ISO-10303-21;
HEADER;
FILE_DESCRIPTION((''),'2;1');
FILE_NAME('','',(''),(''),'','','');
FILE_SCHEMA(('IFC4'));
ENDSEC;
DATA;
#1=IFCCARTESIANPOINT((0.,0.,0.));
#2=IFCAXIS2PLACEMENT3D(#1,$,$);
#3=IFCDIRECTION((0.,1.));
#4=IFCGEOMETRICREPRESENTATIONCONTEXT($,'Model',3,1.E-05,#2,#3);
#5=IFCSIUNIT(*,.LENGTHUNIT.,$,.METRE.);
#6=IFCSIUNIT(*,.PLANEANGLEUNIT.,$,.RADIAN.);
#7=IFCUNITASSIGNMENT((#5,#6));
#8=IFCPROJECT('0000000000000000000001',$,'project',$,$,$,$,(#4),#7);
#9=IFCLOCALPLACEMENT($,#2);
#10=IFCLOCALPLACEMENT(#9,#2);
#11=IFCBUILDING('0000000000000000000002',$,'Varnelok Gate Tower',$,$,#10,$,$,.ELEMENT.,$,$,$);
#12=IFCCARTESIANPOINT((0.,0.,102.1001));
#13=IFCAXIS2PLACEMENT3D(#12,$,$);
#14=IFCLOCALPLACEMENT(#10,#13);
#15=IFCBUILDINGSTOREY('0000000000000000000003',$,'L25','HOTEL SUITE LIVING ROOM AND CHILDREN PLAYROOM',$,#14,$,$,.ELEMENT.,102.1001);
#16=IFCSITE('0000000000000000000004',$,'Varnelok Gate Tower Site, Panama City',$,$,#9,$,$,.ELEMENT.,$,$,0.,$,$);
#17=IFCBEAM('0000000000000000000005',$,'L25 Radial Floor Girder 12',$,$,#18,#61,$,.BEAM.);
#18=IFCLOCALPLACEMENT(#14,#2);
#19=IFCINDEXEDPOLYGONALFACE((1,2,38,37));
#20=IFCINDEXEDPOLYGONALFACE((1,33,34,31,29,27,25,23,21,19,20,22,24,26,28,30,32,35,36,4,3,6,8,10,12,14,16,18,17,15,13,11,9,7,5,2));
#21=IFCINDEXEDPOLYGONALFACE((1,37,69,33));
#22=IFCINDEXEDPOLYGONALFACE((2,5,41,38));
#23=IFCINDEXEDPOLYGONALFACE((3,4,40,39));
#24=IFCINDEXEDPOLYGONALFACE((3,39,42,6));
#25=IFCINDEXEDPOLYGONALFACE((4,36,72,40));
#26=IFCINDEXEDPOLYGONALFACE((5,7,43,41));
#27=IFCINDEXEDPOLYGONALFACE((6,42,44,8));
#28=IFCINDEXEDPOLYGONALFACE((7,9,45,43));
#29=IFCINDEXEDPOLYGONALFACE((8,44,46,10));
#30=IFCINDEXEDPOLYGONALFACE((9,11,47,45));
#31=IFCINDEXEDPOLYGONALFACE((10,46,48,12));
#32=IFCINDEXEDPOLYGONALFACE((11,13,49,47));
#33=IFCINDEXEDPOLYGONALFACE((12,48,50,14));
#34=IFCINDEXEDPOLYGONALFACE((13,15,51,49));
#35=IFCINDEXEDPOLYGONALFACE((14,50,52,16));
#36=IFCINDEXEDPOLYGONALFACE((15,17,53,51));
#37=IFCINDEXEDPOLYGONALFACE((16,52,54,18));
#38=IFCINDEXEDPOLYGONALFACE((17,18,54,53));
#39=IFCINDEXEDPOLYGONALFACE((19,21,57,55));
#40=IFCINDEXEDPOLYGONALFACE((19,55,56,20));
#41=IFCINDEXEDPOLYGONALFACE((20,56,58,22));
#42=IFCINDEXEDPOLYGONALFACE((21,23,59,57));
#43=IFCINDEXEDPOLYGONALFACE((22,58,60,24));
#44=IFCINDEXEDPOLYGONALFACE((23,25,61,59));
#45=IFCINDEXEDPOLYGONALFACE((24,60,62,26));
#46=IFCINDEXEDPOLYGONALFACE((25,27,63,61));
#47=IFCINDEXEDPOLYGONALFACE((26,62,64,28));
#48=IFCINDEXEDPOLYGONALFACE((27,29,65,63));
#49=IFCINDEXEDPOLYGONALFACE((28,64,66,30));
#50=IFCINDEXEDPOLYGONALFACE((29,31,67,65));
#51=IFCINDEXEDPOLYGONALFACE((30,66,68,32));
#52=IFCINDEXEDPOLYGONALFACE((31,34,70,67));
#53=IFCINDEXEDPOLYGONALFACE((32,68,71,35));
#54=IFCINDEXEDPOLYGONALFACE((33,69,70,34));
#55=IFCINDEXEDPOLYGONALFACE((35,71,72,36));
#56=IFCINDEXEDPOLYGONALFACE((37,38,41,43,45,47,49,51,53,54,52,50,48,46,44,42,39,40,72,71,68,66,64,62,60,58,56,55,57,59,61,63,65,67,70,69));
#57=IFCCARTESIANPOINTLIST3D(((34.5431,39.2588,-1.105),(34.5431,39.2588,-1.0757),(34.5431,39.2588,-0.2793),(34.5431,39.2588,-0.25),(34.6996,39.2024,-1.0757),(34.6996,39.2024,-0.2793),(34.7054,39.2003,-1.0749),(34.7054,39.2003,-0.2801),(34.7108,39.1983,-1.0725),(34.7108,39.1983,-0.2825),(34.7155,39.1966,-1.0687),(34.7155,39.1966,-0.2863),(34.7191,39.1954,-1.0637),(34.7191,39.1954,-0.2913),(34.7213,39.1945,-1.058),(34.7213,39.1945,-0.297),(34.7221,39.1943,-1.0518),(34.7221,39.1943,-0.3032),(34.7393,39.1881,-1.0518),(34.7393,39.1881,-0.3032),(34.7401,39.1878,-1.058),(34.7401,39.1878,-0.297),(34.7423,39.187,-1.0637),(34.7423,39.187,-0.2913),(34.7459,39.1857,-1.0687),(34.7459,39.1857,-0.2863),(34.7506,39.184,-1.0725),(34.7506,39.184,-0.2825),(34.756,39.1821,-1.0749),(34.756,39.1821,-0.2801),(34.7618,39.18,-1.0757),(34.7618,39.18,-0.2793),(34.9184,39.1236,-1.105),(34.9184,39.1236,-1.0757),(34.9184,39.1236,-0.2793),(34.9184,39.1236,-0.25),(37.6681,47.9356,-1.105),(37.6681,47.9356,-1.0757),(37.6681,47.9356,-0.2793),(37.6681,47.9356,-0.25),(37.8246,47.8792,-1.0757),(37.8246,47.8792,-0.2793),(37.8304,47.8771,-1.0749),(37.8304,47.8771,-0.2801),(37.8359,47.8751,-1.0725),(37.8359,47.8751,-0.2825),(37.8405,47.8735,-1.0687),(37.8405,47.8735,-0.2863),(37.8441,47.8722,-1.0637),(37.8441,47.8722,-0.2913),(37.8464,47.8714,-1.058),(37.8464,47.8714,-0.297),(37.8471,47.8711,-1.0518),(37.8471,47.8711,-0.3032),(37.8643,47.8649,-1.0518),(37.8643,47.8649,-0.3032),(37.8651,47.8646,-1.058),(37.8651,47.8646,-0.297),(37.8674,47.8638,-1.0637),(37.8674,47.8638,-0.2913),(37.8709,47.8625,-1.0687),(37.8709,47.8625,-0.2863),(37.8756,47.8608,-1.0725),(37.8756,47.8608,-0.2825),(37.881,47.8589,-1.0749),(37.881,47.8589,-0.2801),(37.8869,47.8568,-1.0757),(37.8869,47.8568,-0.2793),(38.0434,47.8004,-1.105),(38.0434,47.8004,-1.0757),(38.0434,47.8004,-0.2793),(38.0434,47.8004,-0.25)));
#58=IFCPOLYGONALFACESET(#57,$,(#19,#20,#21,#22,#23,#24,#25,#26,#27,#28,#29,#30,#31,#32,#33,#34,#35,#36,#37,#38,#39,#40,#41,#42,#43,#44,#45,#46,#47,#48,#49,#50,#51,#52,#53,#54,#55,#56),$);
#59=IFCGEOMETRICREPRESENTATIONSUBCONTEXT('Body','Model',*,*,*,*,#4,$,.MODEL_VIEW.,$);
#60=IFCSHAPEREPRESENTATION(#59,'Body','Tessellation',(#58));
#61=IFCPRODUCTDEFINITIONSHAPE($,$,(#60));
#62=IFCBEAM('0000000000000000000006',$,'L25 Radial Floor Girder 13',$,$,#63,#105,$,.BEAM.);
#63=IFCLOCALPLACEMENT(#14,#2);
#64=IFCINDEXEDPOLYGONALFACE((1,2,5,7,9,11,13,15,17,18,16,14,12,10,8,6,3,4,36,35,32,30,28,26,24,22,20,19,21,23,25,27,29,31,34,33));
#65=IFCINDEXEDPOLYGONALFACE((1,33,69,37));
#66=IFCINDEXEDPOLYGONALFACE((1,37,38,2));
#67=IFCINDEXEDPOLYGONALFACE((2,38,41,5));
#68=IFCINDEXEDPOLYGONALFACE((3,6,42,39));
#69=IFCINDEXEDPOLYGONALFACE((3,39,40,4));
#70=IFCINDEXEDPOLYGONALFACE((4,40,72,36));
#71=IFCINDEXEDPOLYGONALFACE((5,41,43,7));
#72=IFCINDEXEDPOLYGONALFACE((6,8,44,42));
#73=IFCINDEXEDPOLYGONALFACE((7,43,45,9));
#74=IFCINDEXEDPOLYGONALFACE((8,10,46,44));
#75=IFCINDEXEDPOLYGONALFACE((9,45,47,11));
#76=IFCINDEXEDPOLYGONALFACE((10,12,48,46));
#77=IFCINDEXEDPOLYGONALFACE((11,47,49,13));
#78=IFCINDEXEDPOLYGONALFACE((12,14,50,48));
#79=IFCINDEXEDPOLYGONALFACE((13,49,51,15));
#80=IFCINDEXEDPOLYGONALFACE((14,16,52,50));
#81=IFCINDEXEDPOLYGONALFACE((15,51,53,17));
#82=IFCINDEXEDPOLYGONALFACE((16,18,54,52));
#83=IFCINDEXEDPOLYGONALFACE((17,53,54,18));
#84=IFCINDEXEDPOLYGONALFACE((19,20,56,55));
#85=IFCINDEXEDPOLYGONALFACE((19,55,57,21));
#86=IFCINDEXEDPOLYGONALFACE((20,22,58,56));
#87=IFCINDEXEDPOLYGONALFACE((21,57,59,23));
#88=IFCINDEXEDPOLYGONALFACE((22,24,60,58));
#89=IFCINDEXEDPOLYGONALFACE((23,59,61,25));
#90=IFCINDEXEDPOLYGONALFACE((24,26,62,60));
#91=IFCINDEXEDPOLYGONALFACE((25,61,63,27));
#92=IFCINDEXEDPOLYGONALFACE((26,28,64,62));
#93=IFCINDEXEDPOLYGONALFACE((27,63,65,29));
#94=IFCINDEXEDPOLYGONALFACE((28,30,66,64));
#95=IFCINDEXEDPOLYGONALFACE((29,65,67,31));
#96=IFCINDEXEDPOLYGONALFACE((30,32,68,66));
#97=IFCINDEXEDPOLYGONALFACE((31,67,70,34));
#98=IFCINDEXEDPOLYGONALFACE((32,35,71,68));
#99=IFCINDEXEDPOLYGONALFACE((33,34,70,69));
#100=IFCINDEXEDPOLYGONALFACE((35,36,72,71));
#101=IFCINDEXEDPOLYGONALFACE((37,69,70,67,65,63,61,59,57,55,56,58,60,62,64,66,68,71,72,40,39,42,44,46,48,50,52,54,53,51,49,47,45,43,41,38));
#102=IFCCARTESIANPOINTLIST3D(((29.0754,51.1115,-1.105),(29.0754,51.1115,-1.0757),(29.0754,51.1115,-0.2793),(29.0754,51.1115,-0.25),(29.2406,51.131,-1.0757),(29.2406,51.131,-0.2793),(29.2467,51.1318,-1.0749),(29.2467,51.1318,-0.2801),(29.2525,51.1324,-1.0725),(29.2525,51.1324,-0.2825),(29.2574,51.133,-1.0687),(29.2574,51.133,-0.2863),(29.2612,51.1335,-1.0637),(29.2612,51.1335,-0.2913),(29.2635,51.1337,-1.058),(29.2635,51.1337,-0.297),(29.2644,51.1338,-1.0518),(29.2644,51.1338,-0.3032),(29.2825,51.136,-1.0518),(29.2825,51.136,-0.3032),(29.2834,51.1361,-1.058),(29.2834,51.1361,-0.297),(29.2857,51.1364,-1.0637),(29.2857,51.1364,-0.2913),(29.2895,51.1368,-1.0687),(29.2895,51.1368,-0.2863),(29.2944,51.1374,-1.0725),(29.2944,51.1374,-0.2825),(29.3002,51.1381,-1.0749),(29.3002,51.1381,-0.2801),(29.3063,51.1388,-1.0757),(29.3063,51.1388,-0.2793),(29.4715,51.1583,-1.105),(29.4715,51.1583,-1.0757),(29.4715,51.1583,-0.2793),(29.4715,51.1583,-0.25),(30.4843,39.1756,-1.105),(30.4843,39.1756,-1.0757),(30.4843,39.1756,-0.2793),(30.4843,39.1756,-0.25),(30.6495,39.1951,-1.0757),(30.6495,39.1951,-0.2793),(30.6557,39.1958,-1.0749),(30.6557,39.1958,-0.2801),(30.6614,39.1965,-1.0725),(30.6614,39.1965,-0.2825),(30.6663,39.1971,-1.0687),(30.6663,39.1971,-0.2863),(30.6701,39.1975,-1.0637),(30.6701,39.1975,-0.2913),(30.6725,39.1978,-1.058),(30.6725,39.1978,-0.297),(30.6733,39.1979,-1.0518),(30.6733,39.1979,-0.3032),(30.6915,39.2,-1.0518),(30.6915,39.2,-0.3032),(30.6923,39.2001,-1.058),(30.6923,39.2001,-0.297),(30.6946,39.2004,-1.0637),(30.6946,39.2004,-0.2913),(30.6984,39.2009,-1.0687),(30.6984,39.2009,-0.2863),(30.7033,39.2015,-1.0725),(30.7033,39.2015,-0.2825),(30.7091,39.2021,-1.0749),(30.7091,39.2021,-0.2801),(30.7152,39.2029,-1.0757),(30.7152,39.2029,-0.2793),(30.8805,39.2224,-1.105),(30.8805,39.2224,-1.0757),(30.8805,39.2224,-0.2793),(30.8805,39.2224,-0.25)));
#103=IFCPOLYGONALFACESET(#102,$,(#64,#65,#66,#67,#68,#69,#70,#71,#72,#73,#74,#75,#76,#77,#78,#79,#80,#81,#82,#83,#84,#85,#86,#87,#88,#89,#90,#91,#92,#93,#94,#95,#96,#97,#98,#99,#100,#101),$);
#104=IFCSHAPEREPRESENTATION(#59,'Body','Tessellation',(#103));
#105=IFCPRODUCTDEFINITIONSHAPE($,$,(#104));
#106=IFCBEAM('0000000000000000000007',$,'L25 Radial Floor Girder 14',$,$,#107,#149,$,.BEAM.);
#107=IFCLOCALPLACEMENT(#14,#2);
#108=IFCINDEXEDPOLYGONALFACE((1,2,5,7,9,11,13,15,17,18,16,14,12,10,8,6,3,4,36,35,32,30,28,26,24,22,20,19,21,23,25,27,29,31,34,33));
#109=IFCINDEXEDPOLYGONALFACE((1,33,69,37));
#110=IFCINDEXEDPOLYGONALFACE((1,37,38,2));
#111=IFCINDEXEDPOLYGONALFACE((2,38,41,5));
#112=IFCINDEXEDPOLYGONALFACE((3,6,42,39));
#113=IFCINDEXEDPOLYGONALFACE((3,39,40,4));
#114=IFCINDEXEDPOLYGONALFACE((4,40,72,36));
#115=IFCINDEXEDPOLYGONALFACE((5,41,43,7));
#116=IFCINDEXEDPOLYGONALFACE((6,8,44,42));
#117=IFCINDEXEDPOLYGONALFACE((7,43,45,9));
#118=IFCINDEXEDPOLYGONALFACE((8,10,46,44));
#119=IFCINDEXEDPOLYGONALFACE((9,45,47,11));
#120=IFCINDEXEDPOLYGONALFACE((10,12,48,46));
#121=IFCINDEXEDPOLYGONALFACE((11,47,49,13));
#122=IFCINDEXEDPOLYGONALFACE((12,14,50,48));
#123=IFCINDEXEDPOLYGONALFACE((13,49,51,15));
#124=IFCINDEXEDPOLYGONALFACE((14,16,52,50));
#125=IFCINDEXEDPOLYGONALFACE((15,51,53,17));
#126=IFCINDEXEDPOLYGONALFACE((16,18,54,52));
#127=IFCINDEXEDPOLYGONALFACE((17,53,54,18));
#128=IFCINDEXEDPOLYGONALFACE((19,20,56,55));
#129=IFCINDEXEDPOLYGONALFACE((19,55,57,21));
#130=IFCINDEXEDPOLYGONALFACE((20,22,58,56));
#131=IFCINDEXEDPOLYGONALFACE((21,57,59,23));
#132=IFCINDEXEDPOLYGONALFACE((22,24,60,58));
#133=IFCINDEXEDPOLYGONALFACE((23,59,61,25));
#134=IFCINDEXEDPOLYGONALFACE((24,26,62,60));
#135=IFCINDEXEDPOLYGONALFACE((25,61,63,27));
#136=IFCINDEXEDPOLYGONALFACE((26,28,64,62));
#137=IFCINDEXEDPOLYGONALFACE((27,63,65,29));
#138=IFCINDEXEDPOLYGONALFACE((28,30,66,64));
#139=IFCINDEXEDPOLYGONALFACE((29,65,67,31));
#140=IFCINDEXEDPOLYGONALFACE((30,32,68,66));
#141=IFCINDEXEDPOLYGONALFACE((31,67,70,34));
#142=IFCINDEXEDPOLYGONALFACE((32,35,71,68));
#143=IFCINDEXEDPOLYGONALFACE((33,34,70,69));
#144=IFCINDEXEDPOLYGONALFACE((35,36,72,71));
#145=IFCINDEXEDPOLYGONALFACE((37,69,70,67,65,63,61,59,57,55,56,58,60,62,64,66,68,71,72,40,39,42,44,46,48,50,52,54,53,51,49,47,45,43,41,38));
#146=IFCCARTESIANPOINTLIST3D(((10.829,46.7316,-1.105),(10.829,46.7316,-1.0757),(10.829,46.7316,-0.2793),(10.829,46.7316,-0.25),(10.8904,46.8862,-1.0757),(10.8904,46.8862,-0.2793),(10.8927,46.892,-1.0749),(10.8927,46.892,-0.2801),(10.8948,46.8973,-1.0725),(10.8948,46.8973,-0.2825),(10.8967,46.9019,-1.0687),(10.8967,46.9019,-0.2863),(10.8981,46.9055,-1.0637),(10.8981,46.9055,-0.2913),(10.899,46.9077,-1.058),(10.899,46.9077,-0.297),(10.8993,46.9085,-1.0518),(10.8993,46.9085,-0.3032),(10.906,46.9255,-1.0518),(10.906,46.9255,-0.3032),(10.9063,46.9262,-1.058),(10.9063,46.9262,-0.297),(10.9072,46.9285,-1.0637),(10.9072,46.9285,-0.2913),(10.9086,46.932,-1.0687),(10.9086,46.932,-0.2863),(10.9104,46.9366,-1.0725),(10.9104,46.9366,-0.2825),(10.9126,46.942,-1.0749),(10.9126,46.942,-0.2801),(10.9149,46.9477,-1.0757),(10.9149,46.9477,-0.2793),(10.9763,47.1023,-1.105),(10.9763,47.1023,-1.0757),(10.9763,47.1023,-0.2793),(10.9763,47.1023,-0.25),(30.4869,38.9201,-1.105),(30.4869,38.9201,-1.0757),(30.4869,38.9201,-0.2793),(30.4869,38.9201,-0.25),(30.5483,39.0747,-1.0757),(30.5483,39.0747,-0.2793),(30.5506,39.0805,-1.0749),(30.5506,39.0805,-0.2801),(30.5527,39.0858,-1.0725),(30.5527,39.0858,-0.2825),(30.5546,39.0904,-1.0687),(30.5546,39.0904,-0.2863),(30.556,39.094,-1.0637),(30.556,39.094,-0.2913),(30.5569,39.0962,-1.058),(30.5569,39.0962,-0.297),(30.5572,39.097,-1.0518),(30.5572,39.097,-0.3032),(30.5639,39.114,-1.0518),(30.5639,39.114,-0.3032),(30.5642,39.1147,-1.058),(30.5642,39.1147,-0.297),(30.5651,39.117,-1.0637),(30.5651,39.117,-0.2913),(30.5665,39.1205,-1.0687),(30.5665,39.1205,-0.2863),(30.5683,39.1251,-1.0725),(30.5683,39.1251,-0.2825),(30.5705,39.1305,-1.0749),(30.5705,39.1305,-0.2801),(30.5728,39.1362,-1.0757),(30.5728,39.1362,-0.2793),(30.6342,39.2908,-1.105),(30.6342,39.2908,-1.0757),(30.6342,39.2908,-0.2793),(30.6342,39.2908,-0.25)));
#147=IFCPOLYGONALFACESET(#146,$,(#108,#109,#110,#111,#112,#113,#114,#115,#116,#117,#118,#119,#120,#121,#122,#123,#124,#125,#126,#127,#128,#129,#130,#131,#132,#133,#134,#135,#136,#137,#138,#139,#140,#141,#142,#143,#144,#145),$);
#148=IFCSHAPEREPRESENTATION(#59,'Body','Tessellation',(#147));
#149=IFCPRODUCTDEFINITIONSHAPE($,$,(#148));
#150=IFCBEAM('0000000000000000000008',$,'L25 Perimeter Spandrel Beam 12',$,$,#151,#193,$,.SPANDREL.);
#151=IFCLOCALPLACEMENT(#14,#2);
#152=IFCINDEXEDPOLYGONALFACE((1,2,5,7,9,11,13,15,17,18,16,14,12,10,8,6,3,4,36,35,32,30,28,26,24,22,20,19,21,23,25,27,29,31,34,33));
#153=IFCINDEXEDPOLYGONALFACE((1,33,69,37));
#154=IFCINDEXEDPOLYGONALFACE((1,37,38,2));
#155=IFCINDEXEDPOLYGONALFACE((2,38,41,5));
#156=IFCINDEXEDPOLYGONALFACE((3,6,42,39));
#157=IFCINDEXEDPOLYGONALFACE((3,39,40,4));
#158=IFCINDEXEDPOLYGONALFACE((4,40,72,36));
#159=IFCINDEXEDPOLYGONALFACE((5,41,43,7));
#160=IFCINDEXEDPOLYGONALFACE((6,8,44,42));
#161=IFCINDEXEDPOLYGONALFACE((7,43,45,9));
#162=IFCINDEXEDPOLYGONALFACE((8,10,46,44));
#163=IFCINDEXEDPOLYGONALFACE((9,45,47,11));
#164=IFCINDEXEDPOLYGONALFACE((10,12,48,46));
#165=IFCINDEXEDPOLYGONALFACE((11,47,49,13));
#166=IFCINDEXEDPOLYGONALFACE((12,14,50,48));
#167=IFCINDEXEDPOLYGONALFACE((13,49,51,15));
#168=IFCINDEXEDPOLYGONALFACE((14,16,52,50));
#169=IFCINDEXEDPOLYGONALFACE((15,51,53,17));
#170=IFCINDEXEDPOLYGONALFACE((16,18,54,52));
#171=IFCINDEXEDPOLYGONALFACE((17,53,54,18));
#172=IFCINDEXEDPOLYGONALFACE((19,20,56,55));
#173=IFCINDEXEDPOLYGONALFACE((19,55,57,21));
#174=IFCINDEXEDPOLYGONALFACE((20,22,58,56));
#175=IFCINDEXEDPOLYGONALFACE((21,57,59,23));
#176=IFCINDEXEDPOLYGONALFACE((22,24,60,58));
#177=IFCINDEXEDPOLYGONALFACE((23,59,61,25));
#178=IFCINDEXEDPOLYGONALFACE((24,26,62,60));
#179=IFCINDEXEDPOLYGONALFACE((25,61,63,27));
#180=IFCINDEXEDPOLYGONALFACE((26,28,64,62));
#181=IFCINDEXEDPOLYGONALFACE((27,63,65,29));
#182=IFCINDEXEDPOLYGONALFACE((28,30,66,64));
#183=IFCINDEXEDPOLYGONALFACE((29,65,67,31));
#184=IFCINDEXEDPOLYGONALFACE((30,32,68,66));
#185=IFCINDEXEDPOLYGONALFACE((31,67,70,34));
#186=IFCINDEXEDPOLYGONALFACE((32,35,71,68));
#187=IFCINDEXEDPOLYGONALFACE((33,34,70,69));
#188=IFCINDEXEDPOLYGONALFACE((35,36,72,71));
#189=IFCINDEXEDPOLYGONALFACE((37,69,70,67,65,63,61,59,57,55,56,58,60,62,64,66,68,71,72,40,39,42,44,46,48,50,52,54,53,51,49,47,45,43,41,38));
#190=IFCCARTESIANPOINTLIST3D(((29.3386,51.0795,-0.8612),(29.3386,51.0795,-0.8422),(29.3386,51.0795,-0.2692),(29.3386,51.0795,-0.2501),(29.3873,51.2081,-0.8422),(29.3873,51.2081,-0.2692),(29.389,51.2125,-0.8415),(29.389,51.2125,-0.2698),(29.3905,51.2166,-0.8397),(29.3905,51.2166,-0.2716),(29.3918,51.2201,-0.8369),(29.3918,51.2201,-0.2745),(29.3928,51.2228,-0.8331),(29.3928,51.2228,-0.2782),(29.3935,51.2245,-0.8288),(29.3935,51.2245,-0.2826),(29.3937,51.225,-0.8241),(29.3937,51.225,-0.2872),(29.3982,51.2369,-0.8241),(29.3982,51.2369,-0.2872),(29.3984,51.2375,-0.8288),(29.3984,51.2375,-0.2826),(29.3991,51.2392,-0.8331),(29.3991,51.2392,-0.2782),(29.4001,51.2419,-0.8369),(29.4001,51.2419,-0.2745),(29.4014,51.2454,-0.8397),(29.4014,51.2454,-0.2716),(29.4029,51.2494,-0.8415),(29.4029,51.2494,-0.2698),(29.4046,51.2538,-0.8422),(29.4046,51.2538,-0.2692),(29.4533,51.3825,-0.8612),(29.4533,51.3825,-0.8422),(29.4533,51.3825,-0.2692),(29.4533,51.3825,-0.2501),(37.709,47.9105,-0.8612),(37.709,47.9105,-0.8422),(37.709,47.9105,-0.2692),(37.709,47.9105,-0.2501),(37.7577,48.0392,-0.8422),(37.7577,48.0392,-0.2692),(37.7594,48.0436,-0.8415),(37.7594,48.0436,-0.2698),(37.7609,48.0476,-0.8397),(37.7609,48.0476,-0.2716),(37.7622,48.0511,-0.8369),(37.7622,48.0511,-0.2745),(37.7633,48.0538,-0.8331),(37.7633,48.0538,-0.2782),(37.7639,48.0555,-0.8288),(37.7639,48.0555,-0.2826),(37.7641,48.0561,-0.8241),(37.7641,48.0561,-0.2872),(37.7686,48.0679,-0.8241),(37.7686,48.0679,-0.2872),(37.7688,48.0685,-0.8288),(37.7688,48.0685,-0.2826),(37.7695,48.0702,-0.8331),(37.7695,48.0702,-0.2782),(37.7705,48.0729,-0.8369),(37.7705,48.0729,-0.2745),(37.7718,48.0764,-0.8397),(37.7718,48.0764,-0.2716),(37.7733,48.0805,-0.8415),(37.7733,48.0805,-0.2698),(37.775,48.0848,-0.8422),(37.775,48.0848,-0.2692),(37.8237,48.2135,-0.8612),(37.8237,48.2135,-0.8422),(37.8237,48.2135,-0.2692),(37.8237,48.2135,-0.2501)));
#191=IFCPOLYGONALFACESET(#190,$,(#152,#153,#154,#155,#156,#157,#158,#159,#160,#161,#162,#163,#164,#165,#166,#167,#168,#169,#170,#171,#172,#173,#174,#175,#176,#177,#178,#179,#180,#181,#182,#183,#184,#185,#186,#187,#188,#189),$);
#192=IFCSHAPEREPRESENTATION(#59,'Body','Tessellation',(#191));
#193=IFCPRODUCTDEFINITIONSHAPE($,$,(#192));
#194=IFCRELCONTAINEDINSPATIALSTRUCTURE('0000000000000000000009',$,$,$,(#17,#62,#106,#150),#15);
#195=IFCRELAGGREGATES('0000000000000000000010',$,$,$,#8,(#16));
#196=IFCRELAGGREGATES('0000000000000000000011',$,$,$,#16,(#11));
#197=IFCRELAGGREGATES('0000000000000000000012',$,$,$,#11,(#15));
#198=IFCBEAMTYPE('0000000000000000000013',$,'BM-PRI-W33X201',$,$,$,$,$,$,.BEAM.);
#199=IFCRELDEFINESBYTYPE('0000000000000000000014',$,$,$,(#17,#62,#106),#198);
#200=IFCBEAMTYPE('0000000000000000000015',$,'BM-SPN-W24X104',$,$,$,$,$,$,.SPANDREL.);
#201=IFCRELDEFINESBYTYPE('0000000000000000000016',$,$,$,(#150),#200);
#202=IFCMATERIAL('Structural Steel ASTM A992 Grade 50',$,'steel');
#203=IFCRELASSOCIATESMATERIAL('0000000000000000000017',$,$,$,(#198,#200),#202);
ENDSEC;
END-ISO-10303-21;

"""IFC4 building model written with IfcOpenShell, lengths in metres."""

from ifc_helpers import new_model, si_unit, direction, frame, origin, origin_2d, place, context, subcontext, project, spatial, i_section, extrude, material, material_profile, profile_set, type_object, element, save


model = new_model("IFC4")

# Units and contexts
model_context = context("Model", 3, precision=1e-05, world=origin(), true_north=direction((0.0, 1.0)))
body_context = subcontext(model_context, "Body", "Model", "MODEL_VIEW")
ifc_project = project(units=[si_unit("LENGTHUNIT", "METRE"), si_unit("PLANEANGLEUNIT", "RADIAN")], contexts=[model_context])

# Site, building, storey
site_placement = place(None, origin())
site = spatial("IfcSite", under=ifc_project, at=site_placement, Name="Varnelok Gate Tower Site, Panama City", CompositionType="ELEMENT", RefElevation=0.0)
building_placement = place(site_placement, origin())
building = spatial("IfcBuilding", under=site, at=building_placement, Name="Varnelok Gate Tower", CompositionType="ELEMENT")
storey_placement = place(building_placement, frame((0.0, 0.0, 102.1001)))
storey = spatial("IfcBuildingStorey", under=building, at=storey_placement, Name="L25", Description="HOTEL SUITE LIVING ROOM AND CHILDREN PLAYROOM", CompositionType="ELEMENT", Elevation=102.1001)

# Shared definitions
ifc_material_1 = material(Name="Structural Steel ASTM A992 Grade 50", Category="steel")

# Beams
ifc_material_profile_1 = material_profile(ifc_material_1, i_section(OverallWidth=0.3989, OverallDepth=0.855, WebThickness=0.0183, FlangeThickness=0.0293, FilletRadius=0.0239, at=origin_2d()), Name="W33X201")
ifc_profile_set_1 = profile_set([ifc_material_profile_1], Name="Structural Steel ASTM A992 Grade 50")
beam_type_1 = type_object("IfcBeamType", Name="BM-PRI-W33X201", PredefinedType="BEAM", material=ifc_profile_set_1)
beam_1_placement = place(storey_placement, frame((34.7307, 39.1912, -0.6775), z_axis=(0.338851, 0.94084, 0.0), x_axis=(-0.94084, 0.338851, 0.0)))
element("IfcBeam", 1, at=beam_1_placement, inside=storey, type_object=beam_type_1, Name="L25 Radial Floor Girder 12", PredefinedType="BEAM", context=body_context, shape_type="SweptSolid", body=[
    extrude(i_section(OverallWidth=0.3989, OverallDepth=0.855, WebThickness=0.0183, FlangeThickness=0.0293, FilletRadius=0.0239, at=origin_2d()), origin(), (0.0, 0.0, 1.0), 9.2224),
])
beam_2_placement = place(storey_placement, frame((30.6824, 39.199, -0.6775), z_axis=(-0.117227, 0.993105, 0.0), x_axis=(-0.993105, -0.117227, 0.0)))
element("IfcBeam", 2, at=beam_2_placement, inside=storey, type_object=beam_type_1, Name="L25 Radial Floor Girder 13", PredefinedType="BEAM", context=body_context, shape_type="SweptSolid", body=[
    extrude(i_section(OverallWidth=0.3989, OverallDepth=0.855, WebThickness=0.0183, FlangeThickness=0.0293, FilletRadius=0.0239, at=origin_2d()), origin(), (0.0, 0.0, 1.0), 12.0188),
])
beam_3_placement = place(storey_placement, frame((30.5605, 39.1055, -0.6775), z_axis=(-0.929316, 0.369284, 0.0), x_axis=(-0.369284, -0.929316, 0.0)))
element("IfcBeam", 3, at=beam_3_placement, inside=storey, type_object=beam_type_1, Name="L25 Radial Floor Girder 14", PredefinedType="BEAM", context=body_context, shape_type="SweptSolid", body=[
    extrude(i_section(OverallWidth=0.3989, OverallDepth=0.855, WebThickness=0.0183, FlangeThickness=0.0293, FilletRadius=0.0239, at=origin_2d()), origin(), (0.0, 0.0, 1.0), 21.1531),
])
ifc_material_profile_2 = material_profile(ifc_material_1, i_section(OverallWidth=0.324, OverallDepth=0.6111, WebThickness=0.0127, FlangeThickness=0.019, FilletRadius=0.0181, at=origin_2d()), Name="W24X104")
ifc_profile_set_2 = profile_set([ifc_material_profile_2], Name="Structural Steel ASTM A992 Grade 50")
beam_type_2 = type_object("IfcBeamType", Name="BM-SPN-W24X104", PredefinedType="SPANDREL", material=ifc_profile_set_2)
beam_4_placement = place(storey_placement, frame((37.7664, 48.062, -0.5557), z_axis=(-0.93522, 0.354066, 0.0), x_axis=(-0.354066, -0.93522, 0.0)))
element("IfcBeam", 4, at=beam_4_placement, inside=storey, type_object=beam_type_2, Name="L25 Perimeter Spandrel Beam 12", PredefinedType="SPANDREL", context=body_context, shape_type="SweptSolid", body=[
    extrude(i_section(OverallWidth=0.324, OverallDepth=0.6111, WebThickness=0.0127, FlangeThickness=0.019, FilletRadius=0.0181, at=origin_2d()), origin(), (0.0, 0.0, 1.0), 8.9502),
])

save(model, "model.ifc")
